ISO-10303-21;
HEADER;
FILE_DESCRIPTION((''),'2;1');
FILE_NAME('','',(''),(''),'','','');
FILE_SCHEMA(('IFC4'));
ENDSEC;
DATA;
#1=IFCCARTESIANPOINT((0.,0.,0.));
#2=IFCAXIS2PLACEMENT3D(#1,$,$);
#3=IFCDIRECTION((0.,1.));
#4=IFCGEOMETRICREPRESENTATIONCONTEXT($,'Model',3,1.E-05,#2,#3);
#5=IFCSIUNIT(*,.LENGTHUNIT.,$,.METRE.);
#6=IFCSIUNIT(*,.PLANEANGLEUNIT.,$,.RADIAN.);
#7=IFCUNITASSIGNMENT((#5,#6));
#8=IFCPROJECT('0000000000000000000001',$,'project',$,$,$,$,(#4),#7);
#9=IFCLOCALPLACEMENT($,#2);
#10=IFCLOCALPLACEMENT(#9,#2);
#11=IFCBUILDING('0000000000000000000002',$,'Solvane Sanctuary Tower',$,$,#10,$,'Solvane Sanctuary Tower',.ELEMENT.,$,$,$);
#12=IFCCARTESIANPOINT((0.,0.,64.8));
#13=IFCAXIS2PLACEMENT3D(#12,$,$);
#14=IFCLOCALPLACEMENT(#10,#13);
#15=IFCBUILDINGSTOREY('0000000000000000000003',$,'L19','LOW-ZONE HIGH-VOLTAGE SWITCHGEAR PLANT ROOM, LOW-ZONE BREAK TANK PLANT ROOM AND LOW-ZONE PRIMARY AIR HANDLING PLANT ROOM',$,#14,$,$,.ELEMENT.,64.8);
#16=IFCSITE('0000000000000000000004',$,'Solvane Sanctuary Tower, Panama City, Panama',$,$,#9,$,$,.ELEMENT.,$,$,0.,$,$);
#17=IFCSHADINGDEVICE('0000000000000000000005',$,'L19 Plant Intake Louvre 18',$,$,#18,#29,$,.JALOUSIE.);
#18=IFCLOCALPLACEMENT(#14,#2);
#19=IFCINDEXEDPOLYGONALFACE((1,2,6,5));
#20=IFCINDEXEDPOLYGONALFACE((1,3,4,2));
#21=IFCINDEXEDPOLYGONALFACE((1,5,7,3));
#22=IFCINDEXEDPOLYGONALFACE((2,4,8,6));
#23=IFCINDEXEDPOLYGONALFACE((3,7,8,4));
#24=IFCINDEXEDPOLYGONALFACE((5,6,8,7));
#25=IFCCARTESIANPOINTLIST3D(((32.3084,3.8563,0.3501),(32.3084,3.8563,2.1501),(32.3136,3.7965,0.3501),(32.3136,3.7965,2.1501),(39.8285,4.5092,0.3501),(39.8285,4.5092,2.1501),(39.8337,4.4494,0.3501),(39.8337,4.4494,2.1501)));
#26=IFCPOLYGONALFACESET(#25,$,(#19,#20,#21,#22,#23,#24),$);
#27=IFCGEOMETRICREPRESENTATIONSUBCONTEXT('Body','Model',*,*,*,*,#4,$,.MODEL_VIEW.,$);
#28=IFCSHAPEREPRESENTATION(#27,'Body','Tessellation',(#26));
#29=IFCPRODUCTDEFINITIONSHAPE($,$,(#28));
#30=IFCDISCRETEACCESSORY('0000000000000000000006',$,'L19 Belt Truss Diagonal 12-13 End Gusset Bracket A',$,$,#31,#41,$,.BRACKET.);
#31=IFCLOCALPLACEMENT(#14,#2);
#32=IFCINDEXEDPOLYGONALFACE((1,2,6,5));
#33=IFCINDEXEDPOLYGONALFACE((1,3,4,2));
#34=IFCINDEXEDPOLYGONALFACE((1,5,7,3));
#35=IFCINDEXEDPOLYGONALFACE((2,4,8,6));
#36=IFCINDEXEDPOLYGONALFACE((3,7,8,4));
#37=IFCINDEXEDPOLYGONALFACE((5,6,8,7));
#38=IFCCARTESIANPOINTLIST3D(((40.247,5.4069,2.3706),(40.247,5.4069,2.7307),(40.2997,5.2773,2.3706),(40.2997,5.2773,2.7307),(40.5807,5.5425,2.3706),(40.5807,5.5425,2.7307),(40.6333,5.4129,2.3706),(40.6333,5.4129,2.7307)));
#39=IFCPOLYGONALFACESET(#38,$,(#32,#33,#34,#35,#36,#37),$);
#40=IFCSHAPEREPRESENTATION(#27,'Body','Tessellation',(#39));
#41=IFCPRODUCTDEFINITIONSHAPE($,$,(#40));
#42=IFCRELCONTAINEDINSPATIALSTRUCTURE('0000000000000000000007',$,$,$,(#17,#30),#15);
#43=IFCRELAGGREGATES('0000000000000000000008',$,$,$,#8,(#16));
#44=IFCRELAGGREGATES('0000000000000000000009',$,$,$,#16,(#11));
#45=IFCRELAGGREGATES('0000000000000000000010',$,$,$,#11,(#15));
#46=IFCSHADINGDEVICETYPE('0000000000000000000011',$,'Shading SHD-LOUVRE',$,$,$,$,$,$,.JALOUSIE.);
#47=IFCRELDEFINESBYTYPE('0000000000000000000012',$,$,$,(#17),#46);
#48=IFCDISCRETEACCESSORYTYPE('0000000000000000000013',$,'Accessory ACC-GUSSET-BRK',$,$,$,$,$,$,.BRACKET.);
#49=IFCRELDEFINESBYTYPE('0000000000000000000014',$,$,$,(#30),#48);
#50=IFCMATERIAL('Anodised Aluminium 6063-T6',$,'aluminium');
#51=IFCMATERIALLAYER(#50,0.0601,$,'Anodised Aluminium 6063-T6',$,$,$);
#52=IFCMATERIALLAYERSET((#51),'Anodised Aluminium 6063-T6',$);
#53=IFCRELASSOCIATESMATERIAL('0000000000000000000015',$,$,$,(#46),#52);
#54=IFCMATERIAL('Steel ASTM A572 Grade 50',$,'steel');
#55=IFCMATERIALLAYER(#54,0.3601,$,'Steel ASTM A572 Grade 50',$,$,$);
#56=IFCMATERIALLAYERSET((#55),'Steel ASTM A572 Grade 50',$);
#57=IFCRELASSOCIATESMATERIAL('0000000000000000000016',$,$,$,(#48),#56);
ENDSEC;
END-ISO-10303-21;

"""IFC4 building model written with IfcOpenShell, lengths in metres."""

from ifc_helpers import new_model, si_unit, direction, frame, origin, origin_2d, place, context, subcontext, project, spatial, rectangle, extrude, material, layer, layer_set, type_object, element, save


model = new_model("IFC4")

# Units and contexts
model_context = context("Model", 3, precision=1e-05, world=origin(), true_north=direction((0.0, 1.0)))
body_context = subcontext(model_context, "Body", "Model", "MODEL_VIEW")
ifc_project = project(units=[si_unit("LENGTHUNIT", "METRE"), si_unit("PLANEANGLEUNIT", "RADIAN")], contexts=[model_context])

# Site, building, storey
site_placement = place(None, origin())
site = spatial("IfcSite", under=ifc_project, at=site_placement, Name="Solvane Sanctuary Tower, Panama City, Panama", CompositionType="ELEMENT", RefElevation=0.0)
building_placement = place(site_placement, origin())
building = spatial("IfcBuilding", under=site, at=building_placement, Name="Solvane Sanctuary Tower", LongName="Solvane Sanctuary Tower", CompositionType="ELEMENT")
storey_placement = place(building_placement, frame((0.0, 0.0, 64.8)))
storey = spatial("IfcBuildingStorey", under=building, at=storey_placement, Name="L19", Description="LOW-ZONE HIGH-VOLTAGE SWITCHGEAR PLANT ROOM, LOW-ZONE BREAK TANK PLANT ROOM AND LOW-ZONE PRIMARY AIR HANDLING PLANT ROOM", CompositionType="ELEMENT", Elevation=64.8)

# Shading device
ifc_material_1 = material(Name="Anodised Aluminium 6063-T6", Category="aluminium")
ifc_layer_1 = layer(ifc_material_1, 0.0601, Name="Anodised Aluminium 6063-T6")
ifc_layer_set_1 = layer_set([ifc_layer_1], Name="Anodised Aluminium 6063-T6")
shading_device_type = type_object("IfcShadingDeviceType", Name="Shading SHD-LOUVRE", PredefinedType="JALOUSIE", material=ifc_layer_set_1)
shading_device_placement = place(storey_placement, frame((36.071, 4.1528, 0.3501), z_axis=(0.0, 0.0, 1.0), x_axis=(0.996252, 0.086495, 0.0)))
element("IfcShadingDevice", 1, at=shading_device_placement, inside=storey, type_object=shading_device_type, Name="L19 Plant Intake Louvre 18", PredefinedType="JALOUSIE", context=body_context, shape_type="SweptSolid", body=[
    extrude(rectangle(XDim=7.5483, YDim=0.0601, at=origin_2d()), origin(), (0.0, 0.0, 1.0), 1.8),
])

# Discrete accessory
ifc_material_2 = material(Name="Steel ASTM A572 Grade 50", Category="steel")
ifc_layer_2 = layer(ifc_material_2, 0.3601, Name="Steel ASTM A572 Grade 50")
ifc_layer_set_2 = layer_set([ifc_layer_2], Name="Steel ASTM A572 Grade 50")
discrete_accessory_type = type_object("IfcDiscreteAccessoryType", Name="Accessory ACC-GUSSET-BRK", PredefinedType="BRACKET", material=ifc_layer_set_2)
discrete_accessory_placement = place(storey_placement, frame((40.4402, 5.4099, 2.3706), z_axis=(0.0, 0.0, 1.0), x_axis=(0.926463, 0.376386, 0.0)))
element("IfcDiscreteAccessory", 2, at=discrete_accessory_placement, inside=storey, type_object=discrete_accessory_type, Name="L19 Belt Truss Diagonal 12-13 End Gusset Bracket A", PredefinedType="BRACKET", context=body_context, shape_type="SweptSolid", body=[
    extrude(rectangle(XDim=0.3601, YDim=0.1399, at=origin_2d()), origin(), (0.0, 0.0, 1.0), 0.3601),
])

save(model, "model.ifc")
